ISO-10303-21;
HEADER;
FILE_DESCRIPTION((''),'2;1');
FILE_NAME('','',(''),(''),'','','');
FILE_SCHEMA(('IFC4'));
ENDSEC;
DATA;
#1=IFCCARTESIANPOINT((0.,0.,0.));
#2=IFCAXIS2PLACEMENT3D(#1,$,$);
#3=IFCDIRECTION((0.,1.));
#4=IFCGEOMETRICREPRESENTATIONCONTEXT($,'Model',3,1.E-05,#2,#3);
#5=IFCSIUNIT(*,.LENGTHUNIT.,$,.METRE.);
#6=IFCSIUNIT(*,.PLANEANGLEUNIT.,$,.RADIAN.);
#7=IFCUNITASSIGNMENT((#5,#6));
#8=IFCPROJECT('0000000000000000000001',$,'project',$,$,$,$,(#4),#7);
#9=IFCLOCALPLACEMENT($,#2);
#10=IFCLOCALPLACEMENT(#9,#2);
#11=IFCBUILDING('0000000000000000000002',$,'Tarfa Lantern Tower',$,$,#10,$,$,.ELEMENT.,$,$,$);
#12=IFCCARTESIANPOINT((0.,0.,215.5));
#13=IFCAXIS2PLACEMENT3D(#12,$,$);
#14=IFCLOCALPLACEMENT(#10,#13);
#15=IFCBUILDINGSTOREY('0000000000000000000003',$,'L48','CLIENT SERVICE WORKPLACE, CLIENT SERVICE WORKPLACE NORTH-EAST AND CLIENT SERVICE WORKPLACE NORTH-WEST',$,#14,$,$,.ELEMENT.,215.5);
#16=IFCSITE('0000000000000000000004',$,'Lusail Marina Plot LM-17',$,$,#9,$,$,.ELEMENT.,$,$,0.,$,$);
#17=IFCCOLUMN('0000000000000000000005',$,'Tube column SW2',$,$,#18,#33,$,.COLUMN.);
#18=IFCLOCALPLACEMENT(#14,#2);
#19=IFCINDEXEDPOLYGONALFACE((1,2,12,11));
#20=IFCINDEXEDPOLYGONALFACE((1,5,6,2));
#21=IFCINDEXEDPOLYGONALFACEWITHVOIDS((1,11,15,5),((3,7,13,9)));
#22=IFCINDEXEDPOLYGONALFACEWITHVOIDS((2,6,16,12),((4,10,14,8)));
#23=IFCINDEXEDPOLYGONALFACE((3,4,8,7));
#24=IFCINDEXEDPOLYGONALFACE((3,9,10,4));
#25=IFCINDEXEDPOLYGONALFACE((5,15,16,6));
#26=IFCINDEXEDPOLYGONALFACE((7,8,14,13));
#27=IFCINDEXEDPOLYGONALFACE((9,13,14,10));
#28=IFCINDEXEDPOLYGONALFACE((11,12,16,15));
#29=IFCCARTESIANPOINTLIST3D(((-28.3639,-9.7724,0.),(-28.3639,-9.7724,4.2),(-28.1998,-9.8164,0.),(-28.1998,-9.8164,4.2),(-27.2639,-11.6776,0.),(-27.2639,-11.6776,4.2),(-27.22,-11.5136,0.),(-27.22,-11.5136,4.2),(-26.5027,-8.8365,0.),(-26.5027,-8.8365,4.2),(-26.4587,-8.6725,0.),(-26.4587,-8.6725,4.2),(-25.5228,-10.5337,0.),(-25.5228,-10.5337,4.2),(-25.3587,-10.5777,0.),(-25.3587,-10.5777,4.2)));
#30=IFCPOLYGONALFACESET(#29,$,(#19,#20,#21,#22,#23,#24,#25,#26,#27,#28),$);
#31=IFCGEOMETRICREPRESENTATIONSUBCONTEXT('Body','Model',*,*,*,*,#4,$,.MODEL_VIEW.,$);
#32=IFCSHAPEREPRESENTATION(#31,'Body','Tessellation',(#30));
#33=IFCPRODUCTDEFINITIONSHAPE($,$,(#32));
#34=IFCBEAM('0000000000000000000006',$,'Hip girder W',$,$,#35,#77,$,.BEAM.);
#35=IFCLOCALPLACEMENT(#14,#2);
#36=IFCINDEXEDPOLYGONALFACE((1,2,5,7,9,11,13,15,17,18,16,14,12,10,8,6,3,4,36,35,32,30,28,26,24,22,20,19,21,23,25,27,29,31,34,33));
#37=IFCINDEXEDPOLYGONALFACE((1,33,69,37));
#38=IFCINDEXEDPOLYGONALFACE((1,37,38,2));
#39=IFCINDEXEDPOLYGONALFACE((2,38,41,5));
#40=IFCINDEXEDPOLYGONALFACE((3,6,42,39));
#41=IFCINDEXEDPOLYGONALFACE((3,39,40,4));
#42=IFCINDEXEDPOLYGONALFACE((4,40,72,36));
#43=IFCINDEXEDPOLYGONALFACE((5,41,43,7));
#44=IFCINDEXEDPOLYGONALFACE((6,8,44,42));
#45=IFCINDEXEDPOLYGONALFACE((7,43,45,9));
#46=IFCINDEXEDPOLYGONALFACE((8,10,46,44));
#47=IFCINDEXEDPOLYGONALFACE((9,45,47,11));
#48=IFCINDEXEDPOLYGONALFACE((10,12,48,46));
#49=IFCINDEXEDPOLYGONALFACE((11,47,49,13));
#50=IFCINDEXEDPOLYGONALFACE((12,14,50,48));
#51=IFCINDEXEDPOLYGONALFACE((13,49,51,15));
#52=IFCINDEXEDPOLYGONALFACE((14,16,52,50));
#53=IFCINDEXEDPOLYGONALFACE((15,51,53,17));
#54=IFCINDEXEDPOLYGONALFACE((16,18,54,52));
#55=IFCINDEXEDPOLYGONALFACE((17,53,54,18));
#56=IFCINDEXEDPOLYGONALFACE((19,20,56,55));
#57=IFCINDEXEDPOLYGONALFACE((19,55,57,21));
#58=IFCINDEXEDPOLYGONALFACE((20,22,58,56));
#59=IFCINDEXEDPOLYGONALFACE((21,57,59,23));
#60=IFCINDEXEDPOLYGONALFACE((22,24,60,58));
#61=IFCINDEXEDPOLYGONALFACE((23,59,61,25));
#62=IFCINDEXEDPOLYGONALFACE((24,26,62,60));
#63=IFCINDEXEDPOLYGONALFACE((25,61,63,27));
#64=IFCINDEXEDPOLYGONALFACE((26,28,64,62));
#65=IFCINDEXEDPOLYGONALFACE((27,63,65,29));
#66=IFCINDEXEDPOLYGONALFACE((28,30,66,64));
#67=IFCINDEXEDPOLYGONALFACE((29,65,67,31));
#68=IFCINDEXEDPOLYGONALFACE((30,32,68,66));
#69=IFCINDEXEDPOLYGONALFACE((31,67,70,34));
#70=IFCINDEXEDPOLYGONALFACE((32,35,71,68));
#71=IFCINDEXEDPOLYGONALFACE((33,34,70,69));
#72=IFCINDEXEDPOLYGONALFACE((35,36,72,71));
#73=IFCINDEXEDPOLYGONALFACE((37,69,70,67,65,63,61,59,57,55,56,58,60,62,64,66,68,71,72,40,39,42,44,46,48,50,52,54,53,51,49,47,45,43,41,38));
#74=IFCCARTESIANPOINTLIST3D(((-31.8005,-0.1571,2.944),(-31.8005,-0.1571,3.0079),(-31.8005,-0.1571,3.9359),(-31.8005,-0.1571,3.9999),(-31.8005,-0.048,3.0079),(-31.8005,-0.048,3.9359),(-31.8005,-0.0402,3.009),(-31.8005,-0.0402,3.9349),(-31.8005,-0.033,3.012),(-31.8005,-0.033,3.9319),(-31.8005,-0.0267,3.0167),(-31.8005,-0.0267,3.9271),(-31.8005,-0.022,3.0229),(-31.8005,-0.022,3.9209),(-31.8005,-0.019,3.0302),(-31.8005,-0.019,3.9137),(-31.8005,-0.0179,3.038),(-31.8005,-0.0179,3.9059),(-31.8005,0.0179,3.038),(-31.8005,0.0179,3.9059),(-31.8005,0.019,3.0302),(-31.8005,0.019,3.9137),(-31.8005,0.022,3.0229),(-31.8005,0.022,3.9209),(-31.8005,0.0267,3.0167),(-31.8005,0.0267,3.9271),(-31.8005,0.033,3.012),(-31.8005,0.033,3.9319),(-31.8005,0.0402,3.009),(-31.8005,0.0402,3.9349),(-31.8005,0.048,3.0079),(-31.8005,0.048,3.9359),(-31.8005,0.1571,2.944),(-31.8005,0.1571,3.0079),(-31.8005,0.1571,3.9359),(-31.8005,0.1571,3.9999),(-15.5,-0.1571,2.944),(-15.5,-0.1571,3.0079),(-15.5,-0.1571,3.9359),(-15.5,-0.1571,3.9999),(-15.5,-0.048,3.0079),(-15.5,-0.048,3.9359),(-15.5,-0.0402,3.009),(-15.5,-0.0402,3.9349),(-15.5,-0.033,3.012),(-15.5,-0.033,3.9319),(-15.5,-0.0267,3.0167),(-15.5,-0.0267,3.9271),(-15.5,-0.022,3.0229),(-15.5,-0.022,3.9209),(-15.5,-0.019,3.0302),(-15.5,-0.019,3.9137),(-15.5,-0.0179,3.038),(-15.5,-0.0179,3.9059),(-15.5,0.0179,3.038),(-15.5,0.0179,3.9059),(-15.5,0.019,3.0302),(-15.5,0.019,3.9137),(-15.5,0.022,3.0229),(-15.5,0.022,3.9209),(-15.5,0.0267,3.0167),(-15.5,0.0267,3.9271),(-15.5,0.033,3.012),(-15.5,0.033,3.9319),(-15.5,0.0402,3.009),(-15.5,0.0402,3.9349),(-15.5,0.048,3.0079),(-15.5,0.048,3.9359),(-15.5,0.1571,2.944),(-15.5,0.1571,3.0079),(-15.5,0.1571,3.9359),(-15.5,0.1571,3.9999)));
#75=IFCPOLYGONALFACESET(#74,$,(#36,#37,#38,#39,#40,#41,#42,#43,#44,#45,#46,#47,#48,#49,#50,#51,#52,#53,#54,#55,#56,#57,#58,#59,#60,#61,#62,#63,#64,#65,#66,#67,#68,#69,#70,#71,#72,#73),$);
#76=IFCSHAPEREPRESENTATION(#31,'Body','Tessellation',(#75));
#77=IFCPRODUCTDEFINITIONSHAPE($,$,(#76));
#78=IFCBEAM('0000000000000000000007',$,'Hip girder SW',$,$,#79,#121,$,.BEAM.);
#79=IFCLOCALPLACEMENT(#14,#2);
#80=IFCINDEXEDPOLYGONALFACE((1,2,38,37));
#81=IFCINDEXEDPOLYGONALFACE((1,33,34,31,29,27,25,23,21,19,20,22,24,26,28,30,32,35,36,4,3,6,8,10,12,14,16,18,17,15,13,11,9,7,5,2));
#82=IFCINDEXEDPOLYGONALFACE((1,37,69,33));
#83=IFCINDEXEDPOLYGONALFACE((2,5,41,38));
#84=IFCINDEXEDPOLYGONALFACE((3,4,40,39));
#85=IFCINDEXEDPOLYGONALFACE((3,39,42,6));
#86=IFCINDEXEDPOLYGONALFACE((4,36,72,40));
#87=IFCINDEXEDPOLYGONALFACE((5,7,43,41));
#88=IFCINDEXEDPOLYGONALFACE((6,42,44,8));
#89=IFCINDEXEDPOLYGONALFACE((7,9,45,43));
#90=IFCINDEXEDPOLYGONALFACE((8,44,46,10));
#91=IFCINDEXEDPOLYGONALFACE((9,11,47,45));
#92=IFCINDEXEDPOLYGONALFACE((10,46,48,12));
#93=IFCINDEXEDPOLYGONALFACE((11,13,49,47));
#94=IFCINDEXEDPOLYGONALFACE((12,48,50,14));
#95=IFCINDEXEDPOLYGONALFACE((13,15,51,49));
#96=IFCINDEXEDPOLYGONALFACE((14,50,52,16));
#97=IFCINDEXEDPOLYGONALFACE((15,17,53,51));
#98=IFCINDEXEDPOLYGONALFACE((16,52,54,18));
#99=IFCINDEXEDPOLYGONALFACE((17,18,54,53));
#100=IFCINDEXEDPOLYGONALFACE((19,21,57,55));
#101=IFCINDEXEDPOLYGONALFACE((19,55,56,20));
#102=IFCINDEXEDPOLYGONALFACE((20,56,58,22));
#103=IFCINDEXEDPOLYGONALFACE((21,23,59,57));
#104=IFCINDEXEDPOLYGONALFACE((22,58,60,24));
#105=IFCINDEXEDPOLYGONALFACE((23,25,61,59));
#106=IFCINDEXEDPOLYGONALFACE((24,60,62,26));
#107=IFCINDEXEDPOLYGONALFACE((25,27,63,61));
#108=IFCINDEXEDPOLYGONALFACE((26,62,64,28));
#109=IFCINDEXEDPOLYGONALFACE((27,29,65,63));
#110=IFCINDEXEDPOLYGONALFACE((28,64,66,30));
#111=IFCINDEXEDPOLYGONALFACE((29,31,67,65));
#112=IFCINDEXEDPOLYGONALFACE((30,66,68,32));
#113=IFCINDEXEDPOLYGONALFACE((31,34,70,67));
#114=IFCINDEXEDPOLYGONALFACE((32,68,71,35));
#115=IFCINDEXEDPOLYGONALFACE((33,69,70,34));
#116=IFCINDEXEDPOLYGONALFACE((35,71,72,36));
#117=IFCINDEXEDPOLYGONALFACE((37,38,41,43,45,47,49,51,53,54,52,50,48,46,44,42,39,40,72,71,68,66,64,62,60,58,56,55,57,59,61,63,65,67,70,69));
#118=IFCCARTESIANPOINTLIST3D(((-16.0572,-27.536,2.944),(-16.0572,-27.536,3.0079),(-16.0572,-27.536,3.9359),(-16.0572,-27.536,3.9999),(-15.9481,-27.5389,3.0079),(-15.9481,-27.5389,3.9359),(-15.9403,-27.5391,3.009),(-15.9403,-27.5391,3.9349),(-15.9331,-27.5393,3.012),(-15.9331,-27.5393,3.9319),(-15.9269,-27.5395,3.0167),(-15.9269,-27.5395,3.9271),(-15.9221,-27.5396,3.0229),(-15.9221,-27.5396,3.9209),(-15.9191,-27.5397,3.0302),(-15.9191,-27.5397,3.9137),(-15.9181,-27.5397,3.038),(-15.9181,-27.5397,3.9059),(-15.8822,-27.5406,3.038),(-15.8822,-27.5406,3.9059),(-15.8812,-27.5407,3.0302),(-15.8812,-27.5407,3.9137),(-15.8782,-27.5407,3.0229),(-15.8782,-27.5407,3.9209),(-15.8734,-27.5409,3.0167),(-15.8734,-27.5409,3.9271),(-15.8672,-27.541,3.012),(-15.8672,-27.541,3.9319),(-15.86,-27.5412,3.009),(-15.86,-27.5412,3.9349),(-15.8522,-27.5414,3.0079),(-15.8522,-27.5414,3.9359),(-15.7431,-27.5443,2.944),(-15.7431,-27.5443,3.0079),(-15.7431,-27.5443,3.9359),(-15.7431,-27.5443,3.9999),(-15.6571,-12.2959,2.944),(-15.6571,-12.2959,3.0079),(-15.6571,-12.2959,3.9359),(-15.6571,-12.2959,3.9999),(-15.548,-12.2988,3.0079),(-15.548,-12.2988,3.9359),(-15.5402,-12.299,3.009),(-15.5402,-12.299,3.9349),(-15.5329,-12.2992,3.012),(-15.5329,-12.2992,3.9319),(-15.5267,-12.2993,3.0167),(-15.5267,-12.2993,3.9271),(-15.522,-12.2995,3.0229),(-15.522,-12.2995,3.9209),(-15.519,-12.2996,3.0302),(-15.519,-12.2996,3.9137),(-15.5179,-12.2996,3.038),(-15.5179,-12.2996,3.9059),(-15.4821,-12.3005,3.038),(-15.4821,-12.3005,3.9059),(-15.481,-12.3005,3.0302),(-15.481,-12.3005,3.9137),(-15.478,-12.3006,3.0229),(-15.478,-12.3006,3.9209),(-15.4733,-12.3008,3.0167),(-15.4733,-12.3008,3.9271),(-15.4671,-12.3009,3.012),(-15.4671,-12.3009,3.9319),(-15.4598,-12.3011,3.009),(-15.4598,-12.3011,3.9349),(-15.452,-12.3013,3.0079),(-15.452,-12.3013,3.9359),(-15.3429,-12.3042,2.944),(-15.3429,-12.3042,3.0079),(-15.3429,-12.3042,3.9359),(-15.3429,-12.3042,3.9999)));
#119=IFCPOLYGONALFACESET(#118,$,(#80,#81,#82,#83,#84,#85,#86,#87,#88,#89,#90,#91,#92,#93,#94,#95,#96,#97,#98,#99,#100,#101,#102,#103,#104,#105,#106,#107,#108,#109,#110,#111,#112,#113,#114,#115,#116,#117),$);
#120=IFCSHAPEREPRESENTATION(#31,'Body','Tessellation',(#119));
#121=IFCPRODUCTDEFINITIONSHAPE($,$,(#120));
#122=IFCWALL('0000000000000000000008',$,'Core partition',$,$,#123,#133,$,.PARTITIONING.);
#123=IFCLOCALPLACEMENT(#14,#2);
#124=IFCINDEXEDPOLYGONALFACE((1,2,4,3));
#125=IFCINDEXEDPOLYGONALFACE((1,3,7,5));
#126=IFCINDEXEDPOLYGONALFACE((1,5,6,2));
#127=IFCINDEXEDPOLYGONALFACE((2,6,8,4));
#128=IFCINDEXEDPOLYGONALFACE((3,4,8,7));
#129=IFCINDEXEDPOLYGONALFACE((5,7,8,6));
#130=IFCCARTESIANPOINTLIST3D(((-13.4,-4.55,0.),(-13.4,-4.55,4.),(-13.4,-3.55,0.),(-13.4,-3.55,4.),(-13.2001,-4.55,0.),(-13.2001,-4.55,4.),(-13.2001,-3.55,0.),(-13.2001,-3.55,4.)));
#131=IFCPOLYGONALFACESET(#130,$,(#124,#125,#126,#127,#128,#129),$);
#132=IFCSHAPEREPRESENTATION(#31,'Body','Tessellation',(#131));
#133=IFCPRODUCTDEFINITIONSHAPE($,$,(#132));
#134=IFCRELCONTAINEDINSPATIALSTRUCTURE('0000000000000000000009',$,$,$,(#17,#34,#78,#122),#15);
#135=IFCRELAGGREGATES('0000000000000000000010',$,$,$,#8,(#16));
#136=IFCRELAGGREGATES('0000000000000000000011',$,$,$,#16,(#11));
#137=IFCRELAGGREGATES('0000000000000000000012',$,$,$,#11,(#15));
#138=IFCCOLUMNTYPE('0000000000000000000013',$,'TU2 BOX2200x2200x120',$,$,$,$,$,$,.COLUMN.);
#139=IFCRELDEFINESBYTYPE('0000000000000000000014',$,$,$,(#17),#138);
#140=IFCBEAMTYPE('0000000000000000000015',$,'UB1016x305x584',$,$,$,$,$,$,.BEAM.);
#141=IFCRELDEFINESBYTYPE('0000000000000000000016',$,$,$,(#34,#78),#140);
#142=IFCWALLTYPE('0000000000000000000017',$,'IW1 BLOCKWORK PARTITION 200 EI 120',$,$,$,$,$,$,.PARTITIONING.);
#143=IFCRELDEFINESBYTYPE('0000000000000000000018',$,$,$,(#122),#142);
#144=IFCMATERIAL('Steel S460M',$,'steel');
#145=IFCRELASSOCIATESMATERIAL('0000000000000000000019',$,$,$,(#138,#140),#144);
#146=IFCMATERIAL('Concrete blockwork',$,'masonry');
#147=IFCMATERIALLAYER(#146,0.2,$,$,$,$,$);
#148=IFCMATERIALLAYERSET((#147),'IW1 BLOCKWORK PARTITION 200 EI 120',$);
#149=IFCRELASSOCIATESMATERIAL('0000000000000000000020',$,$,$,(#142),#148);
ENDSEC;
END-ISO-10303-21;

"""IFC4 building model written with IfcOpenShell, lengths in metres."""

from ifc_helpers import new_model, si_unit, direction, frame, frame_2d, origin, origin_2d, place, context, subcontext, project, spatial, rectangle, hollow_rectangle, i_section, extrude, material, layer, layer_set, material_profile, profile_set, type_object, element, save


model = new_model("IFC4")

# Units and contexts
model_context = context("Model", 3, precision=1e-05, world=origin(), true_north=direction((0.0, 1.0)))
body_context = subcontext(model_context, "Body", "Model", "MODEL_VIEW")
ifc_project = project(units=[si_unit("LENGTHUNIT", "METRE"), si_unit("PLANEANGLEUNIT", "RADIAN")], contexts=[model_context])

# Site, building, storey
site_placement = place(None, origin())
site = spatial("IfcSite", under=ifc_project, at=site_placement, Name="Lusail Marina Plot LM-17", CompositionType="ELEMENT", RefElevation=0.0)
building_placement = place(site_placement, origin())
building = spatial("IfcBuilding", under=site, at=building_placement, Name="Tarfa Lantern Tower", CompositionType="ELEMENT")
storey_placement = place(building_placement, frame((0.0, 0.0, 215.5)))
storey = spatial("IfcBuildingStorey", under=building, at=storey_placement, Name="L48", Description="CLIENT SERVICE WORKPLACE, CLIENT SERVICE WORKPLACE NORTH-EAST AND CLIENT SERVICE WORKPLACE NORTH-WEST", CompositionType="ELEMENT", Elevation=215.5)

# Column
ifc_material_1 = material(Name="Steel S460M", Category="steel")
ifc_material_profile_1 = material_profile(ifc_material_1, hollow_rectangle(XDim=2.2, YDim=2.2, WallThickness=0.1201, at=origin_2d()), Name="BOX2200x2200x120")
ifc_profile_set_1 = profile_set([ifc_material_profile_1], Name="Steel S460M")
column_type = type_object("IfcColumnType", Name="TU2 BOX2200x2200x120", PredefinedType="COLUMN", material=ifc_profile_set_1)
column_placement = place(storey_placement, frame((-26.8613, -10.175, 0.0), z_axis=(0.0, 0.0, 1.0), x_axis=(0.5, -0.866025, 0.0)))
element("IfcColumn", 1, at=column_placement, inside=storey, type_object=column_type, Name="Tube column SW2", PredefinedType="COLUMN", context=body_context, shape_type="SweptSolid", body=[
    extrude(hollow_rectangle(XDim=2.2, YDim=2.2, WallThickness=0.1201, at=origin_2d()), origin(), (0.0, 0.0, 1.0), 4.2),
])

# Beams
ifc_material_profile_2 = material_profile(ifc_material_1, i_section(OverallWidth=0.3142, OverallDepth=1.0559, WebThickness=0.0359, FlangeThickness=0.064, FilletRadius=0.03, at=origin_2d()), Name="UB1016x305x584")
ifc_profile_set_2 = profile_set([ifc_material_profile_2], Name="Steel S460M")
beam_type = type_object("IfcBeamType", Name="UB1016x305x584", PredefinedType="BEAM", material=ifc_profile_set_2)
beam_1_placement = place(storey_placement, frame((-15.5, 0.0, 3.4719), z_axis=(-1.0, 0.0, 0.0), x_axis=(0.0, -1.0, 0.0)))
element("IfcBeam", 2, at=beam_1_placement, inside=storey, type_object=beam_type, Name="Hip girder W", PredefinedType="BEAM", context=body_context, shape_type="SweptSolid", body=[
    extrude(i_section(OverallWidth=0.3142, OverallDepth=1.0559, WebThickness=0.0359, FlangeThickness=0.064, FilletRadius=0.03, at=origin_2d()), origin(), (0.0, 0.0, 1.0), 16.3005),
])
beam_2_placement = place(storey_placement, frame((-15.5, -12.3, 3.4719), z_axis=(-0.026247, -0.999655, 0.0), x_axis=(0.999655, -0.026247, 0.0)))
element("IfcBeam", 3, at=beam_2_placement, inside=storey, type_object=beam_type, Name="Hip girder SW", PredefinedType="BEAM", context=body_context, shape_type="SweptSolid", body=[
    extrude(i_section(OverallWidth=0.3142, OverallDepth=1.0559, WebThickness=0.0359, FlangeThickness=0.064, FilletRadius=0.03, at=origin_2d()), origin(), (0.0, 0.0, 1.0), 15.2454),
])

# Wall
ifc_material_2 = material(Name="Concrete blockwork", Category="masonry")
ifc_layer_1 = layer(ifc_material_2, 0.2)
ifc_layer_set_1 = layer_set([ifc_layer_1], Name="IW1 BLOCKWORK PARTITION 200 EI 120")
wall_type_1 = type_object("IfcWallType", Name="IW1 BLOCKWORK PARTITION 200 EI 120", PredefinedType="PARTITIONING", material=ifc_layer_set_1)
wall_1_placement = place(storey_placement, frame((-13.3, -3.55, 0.0), z_axis=(0.0, 0.0, 1.0), x_axis=(0.0, -1.0, 0.0)))
element("IfcWall", 4, at=wall_1_placement, inside=storey, type_object=wall_type_1, Name="Core partition", PredefinedType="PARTITIONING", context=body_context, shape_type="SweptSolid", body=[
    extrude(rectangle(XDim=1.0, YDim=0.2, at=frame_2d((0.5, 0.0))), origin(), (0.0, 0.0, 1.0), 4.0),
])

save(model, "model.ifc")
